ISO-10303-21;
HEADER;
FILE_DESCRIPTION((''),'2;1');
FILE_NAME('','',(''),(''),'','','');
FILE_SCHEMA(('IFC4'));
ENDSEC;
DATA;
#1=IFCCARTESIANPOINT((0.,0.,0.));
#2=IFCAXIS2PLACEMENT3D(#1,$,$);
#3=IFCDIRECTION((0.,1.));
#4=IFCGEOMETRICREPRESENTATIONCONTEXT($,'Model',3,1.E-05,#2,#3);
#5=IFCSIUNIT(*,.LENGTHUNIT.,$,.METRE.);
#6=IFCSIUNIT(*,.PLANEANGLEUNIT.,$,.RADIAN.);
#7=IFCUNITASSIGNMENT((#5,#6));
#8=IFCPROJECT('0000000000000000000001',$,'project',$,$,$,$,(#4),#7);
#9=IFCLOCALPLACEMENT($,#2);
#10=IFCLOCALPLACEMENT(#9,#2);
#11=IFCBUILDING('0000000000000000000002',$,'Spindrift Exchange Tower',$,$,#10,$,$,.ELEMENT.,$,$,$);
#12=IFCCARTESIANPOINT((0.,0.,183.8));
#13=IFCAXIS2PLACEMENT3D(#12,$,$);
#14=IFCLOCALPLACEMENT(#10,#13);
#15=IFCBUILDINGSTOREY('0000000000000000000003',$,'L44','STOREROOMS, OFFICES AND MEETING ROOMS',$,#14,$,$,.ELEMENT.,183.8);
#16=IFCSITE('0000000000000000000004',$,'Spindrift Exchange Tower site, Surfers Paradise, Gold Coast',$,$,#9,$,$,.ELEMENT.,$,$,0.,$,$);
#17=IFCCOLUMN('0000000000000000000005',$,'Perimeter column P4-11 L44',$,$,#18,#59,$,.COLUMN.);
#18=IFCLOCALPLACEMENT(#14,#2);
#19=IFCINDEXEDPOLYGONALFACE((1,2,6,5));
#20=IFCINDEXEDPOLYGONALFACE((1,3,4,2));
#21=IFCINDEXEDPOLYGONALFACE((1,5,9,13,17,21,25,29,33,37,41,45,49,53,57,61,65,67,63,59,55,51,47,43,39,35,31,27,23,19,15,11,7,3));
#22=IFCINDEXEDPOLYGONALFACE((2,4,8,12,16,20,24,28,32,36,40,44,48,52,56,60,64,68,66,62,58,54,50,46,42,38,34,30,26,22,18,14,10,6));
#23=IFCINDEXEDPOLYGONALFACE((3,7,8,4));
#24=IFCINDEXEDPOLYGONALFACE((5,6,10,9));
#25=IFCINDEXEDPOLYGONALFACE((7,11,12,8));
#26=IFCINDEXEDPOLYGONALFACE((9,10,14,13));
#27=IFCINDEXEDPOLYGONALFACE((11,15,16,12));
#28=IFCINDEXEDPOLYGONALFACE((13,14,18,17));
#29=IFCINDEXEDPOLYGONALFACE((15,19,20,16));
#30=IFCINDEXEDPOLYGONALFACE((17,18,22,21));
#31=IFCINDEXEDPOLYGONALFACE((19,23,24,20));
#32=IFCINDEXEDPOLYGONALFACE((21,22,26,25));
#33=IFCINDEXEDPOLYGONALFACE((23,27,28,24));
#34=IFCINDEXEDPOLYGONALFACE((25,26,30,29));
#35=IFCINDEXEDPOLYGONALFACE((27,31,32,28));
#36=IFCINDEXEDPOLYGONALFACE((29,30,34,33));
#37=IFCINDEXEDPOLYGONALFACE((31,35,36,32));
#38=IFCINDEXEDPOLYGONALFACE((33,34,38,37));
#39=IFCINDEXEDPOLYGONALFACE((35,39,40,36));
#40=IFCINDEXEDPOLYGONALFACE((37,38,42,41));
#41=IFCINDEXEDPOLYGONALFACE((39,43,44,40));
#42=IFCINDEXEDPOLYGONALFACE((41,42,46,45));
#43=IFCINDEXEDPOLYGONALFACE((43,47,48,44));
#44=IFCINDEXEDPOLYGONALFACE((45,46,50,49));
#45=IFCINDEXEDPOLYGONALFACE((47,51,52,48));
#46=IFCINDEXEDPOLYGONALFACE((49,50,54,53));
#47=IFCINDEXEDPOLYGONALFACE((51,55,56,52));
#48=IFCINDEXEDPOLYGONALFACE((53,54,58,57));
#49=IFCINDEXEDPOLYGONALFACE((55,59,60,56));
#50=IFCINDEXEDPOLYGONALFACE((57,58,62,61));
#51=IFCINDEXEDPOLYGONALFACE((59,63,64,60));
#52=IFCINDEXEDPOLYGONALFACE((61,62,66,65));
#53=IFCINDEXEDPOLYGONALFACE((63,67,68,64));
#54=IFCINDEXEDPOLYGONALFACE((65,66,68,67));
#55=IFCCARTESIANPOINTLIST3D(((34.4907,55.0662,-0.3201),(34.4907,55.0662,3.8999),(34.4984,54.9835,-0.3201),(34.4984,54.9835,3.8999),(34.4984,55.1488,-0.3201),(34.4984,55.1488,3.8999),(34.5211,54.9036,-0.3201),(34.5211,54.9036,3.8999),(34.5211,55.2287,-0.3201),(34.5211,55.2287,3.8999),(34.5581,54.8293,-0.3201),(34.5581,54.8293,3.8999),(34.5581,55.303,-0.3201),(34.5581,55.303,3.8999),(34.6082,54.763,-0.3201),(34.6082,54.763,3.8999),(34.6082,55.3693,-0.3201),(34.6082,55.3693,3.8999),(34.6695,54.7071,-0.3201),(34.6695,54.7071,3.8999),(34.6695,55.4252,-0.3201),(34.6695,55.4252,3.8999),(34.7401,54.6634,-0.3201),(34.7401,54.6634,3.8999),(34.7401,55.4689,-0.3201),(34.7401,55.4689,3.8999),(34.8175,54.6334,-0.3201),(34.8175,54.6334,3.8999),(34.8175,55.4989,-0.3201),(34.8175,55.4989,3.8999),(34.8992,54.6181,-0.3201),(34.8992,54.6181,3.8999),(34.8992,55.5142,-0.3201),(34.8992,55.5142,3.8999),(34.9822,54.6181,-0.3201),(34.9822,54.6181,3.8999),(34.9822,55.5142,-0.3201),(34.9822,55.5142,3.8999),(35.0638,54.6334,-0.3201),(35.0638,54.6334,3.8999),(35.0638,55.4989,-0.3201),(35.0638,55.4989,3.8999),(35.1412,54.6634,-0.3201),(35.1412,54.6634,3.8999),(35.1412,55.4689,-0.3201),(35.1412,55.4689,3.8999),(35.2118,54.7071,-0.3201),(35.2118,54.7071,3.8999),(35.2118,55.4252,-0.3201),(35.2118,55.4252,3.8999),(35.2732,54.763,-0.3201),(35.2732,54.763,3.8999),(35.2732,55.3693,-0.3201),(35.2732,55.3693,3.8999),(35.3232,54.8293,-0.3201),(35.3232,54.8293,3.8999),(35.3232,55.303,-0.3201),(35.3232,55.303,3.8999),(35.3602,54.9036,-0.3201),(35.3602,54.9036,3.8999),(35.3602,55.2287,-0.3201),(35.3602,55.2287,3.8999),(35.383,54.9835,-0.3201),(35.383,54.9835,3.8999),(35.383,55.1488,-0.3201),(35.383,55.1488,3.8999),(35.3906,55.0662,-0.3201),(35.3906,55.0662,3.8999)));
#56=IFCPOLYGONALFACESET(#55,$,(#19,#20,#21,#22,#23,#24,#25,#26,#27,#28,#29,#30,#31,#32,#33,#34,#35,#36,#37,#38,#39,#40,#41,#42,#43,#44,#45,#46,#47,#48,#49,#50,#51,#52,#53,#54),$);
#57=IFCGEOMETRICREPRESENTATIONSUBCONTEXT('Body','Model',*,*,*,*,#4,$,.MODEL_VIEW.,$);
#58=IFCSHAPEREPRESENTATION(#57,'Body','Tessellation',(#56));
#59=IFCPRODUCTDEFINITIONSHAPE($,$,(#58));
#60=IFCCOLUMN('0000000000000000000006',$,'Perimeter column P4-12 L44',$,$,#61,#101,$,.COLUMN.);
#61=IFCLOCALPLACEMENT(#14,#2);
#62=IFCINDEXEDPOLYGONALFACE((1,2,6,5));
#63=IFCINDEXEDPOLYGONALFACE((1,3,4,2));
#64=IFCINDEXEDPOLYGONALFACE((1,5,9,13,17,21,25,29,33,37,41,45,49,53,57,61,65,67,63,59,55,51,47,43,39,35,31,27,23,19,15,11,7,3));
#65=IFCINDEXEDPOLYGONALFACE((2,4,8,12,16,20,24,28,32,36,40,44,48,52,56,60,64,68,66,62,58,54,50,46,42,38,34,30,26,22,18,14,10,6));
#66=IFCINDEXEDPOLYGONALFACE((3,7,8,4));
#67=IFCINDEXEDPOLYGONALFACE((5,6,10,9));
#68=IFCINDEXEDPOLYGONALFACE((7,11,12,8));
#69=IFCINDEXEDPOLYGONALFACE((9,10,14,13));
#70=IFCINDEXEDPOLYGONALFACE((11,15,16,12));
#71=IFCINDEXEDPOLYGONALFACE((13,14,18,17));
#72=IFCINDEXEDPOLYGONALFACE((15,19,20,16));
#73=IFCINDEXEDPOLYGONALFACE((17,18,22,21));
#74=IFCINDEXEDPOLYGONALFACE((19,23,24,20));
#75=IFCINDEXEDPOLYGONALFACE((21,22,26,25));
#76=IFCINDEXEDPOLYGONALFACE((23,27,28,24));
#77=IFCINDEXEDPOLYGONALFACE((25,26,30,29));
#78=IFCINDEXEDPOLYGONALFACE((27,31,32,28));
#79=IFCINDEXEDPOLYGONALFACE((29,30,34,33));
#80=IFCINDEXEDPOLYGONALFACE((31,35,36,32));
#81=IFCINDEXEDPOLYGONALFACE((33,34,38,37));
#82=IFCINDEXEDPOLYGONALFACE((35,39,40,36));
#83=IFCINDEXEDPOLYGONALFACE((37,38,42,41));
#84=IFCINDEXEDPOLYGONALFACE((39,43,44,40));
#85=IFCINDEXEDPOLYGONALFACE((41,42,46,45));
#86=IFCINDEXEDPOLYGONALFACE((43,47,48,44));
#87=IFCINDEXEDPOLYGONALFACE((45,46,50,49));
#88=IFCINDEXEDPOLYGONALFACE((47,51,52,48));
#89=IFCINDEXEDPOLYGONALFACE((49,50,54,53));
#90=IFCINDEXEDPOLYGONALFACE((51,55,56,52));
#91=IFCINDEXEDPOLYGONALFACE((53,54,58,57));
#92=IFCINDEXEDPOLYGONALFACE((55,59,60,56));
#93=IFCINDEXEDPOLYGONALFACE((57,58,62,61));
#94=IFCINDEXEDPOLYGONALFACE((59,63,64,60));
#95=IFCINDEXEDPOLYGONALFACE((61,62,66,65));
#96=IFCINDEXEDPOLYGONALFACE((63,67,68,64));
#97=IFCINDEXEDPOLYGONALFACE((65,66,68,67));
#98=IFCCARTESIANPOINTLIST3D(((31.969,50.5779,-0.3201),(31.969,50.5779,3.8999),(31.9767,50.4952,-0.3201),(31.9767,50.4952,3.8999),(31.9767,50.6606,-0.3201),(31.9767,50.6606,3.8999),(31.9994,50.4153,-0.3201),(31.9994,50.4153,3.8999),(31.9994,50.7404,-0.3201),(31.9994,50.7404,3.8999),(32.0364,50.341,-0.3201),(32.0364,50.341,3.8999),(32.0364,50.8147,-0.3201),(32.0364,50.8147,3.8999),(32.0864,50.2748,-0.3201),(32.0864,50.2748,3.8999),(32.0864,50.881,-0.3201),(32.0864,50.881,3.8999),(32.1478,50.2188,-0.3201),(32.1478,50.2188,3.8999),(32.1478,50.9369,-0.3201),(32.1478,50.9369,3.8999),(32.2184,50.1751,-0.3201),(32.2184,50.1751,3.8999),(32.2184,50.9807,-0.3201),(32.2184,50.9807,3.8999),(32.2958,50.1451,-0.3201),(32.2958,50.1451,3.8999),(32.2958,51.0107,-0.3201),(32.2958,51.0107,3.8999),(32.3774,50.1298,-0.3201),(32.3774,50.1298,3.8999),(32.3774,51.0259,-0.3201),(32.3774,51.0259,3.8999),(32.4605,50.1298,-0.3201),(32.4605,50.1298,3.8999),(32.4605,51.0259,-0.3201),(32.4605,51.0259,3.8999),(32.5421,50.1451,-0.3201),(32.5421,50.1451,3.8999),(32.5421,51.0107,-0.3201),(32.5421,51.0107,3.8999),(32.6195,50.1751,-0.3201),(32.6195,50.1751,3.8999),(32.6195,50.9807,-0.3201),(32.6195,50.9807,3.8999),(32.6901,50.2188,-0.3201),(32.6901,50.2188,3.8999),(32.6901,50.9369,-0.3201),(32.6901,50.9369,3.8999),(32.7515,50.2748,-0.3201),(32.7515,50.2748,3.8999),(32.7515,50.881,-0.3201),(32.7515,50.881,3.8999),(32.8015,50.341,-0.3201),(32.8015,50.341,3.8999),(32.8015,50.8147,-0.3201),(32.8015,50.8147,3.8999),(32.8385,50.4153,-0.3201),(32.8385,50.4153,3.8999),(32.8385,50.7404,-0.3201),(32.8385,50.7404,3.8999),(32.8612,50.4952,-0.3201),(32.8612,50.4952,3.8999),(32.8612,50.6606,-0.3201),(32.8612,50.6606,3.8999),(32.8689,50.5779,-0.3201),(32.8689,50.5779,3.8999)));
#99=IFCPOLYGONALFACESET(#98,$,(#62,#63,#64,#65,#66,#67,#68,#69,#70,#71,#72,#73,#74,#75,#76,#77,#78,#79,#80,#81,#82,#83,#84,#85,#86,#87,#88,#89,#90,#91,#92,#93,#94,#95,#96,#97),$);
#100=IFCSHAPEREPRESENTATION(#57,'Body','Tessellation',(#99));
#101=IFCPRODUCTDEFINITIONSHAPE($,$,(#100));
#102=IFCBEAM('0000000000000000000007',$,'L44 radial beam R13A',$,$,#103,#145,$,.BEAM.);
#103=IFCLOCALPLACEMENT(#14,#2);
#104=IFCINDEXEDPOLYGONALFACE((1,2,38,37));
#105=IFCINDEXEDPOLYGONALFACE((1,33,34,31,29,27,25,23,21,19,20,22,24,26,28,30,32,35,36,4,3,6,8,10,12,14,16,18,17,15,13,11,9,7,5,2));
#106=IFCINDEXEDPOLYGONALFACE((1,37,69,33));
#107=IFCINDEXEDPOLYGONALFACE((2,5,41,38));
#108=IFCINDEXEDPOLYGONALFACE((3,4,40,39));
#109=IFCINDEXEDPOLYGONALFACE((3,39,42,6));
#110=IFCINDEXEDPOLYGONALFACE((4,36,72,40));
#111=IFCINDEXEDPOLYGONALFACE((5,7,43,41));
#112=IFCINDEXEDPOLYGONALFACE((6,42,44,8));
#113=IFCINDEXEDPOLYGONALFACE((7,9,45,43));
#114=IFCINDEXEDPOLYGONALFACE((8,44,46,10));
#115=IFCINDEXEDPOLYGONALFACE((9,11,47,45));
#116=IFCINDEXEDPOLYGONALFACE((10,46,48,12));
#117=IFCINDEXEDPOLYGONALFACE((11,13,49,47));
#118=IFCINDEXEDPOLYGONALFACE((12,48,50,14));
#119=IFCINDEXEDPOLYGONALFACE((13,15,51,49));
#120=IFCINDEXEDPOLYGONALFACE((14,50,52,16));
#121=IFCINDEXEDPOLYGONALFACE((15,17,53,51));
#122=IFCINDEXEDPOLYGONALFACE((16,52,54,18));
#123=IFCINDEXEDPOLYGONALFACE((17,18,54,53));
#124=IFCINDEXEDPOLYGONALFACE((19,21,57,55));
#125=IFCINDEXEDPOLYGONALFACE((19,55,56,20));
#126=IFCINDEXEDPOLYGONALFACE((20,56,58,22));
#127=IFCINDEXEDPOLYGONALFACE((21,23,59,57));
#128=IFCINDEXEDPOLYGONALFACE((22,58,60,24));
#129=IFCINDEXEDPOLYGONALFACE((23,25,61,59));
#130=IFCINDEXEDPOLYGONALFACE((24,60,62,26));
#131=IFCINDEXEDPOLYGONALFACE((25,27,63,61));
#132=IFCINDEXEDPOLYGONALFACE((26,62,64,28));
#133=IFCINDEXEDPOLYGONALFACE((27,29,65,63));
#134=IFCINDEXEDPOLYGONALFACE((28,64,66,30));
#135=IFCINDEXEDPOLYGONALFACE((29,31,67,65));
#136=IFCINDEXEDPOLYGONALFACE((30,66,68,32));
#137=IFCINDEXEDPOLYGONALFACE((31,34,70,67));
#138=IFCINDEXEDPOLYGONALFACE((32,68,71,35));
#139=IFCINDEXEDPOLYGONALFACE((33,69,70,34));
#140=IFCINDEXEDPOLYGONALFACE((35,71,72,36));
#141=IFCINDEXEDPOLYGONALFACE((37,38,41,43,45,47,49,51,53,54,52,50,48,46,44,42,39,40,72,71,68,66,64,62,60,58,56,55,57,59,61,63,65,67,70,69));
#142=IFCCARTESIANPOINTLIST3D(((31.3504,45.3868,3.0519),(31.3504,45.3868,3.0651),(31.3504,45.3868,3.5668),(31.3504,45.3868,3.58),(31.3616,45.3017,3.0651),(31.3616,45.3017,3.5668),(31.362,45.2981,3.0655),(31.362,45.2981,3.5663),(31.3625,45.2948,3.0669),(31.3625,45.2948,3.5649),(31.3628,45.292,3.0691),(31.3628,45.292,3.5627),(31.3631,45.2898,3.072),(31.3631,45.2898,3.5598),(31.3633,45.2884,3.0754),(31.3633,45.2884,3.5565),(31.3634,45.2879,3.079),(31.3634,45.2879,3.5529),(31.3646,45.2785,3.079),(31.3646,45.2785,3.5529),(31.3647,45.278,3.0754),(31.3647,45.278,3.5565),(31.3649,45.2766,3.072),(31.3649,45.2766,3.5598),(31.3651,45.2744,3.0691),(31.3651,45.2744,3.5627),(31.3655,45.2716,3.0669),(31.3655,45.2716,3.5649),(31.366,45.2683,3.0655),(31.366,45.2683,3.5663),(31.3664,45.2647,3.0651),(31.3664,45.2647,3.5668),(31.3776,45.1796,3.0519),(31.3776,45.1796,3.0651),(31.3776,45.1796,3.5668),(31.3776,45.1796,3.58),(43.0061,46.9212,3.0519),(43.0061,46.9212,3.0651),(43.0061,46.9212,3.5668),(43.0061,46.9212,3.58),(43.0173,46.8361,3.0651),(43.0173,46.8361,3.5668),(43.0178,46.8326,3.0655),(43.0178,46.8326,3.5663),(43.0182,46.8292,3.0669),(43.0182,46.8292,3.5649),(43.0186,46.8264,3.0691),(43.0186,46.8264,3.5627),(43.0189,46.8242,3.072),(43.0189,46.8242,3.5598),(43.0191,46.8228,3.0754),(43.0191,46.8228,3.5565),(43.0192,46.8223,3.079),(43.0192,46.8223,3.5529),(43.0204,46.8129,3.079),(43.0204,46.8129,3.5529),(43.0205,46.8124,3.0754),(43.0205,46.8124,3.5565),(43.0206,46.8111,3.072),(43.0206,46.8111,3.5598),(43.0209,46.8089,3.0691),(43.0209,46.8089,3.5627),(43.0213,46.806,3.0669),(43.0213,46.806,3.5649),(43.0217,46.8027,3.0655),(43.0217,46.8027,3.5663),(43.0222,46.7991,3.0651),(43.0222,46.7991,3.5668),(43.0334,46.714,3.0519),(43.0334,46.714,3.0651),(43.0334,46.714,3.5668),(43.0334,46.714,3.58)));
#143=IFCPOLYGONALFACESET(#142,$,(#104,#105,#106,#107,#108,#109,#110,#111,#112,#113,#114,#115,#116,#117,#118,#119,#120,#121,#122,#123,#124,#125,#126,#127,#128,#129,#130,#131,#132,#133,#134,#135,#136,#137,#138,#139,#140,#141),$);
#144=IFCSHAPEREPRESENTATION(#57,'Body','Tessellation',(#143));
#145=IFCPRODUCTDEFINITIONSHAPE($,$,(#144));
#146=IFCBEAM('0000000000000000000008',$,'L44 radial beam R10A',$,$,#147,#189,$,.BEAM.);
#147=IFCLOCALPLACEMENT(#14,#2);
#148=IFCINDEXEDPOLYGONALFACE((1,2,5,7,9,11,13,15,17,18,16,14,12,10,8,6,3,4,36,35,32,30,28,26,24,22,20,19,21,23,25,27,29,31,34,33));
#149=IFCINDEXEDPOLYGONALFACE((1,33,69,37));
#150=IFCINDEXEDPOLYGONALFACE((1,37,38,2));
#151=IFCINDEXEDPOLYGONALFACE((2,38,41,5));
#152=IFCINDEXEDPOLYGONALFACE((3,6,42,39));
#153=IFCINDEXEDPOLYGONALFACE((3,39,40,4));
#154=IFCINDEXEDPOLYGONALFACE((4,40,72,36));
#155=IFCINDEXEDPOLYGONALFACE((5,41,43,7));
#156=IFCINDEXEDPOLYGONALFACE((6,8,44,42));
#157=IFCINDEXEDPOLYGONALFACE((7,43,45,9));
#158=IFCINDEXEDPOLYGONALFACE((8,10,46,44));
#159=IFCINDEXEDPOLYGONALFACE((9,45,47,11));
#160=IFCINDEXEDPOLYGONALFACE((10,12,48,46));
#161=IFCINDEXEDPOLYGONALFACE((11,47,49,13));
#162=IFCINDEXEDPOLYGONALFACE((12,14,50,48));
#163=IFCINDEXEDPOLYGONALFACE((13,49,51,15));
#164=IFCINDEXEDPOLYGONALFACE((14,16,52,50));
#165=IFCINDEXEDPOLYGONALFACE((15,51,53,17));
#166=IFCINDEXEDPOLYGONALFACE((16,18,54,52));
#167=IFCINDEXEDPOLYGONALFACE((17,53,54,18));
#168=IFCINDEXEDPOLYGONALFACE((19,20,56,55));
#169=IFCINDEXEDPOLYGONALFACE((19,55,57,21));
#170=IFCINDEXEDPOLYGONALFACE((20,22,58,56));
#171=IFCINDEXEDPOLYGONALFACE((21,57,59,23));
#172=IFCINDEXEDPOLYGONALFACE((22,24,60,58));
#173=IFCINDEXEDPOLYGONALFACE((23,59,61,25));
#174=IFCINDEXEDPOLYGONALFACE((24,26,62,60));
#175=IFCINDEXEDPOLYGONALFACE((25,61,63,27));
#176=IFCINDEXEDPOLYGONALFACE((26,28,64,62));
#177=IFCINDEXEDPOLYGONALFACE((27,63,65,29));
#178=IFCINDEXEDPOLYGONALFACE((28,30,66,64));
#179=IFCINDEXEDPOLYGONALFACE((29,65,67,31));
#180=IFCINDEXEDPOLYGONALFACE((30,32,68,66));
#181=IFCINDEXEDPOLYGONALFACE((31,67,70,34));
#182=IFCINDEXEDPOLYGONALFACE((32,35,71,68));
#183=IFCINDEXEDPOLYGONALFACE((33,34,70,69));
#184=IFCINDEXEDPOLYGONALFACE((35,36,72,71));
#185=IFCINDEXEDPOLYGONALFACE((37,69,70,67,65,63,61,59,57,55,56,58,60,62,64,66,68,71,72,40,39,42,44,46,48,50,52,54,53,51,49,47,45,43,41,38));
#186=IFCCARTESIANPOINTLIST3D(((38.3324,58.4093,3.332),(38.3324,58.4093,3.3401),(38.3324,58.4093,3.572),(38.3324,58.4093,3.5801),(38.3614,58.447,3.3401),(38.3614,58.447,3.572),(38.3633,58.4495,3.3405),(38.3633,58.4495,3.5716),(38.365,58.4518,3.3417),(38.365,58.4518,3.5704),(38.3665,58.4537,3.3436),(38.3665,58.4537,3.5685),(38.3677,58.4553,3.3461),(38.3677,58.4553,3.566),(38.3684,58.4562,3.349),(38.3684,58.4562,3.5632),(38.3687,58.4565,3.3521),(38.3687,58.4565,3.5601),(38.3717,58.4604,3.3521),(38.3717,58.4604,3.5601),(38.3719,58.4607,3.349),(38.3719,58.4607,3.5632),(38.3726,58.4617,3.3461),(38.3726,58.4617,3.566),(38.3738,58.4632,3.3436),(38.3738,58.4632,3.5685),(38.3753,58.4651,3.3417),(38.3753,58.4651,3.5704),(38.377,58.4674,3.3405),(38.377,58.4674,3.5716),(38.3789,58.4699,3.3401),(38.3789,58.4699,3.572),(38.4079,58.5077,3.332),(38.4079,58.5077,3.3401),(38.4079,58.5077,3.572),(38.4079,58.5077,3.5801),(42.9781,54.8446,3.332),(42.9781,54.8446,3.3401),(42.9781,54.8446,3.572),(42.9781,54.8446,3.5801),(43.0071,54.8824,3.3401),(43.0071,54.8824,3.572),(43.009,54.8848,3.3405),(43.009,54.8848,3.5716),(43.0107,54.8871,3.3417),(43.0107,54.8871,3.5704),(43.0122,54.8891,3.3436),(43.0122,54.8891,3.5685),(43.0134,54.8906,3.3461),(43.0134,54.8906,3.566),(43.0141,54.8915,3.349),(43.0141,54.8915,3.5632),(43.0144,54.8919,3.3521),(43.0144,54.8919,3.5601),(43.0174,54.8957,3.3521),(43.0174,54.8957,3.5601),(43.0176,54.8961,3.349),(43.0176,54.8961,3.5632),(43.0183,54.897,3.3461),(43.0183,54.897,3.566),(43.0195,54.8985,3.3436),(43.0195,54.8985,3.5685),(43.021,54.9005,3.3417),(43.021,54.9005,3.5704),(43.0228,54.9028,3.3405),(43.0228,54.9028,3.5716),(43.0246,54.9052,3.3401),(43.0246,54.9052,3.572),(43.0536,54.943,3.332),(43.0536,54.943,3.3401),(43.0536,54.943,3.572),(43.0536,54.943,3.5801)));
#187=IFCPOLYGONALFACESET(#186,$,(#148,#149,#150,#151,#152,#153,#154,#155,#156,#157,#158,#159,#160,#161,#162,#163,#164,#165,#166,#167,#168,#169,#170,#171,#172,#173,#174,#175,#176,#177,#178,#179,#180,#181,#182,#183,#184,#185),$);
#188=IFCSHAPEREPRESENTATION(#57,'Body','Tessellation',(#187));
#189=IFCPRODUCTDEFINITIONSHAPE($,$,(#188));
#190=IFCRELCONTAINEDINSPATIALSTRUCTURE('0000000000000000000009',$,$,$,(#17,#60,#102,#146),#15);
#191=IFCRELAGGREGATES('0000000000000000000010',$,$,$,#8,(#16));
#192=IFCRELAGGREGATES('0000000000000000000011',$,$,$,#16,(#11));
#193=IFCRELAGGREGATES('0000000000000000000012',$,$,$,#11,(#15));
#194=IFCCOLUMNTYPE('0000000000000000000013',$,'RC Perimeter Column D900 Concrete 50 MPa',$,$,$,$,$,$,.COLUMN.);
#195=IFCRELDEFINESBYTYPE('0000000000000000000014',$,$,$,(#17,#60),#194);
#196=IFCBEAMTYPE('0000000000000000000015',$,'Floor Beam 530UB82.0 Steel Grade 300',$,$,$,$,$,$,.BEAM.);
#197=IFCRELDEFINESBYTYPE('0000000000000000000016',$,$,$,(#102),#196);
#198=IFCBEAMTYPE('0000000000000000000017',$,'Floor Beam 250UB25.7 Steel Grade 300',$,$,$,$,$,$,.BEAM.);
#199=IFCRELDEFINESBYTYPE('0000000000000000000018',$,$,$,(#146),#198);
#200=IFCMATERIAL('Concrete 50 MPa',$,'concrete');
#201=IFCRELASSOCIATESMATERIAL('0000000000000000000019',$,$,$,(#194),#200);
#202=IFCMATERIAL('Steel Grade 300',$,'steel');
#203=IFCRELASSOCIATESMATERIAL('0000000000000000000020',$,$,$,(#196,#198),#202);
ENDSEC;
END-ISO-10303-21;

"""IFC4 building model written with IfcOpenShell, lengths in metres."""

from ifc_helpers import new_model, si_unit, direction, frame, origin, origin_2d, place, context, subcontext, project, spatial, circle, i_section, extrude, source, transform, mapped, material, material_profile, profile_set, type_object, element, save


model = new_model("IFC4")

# Units and contexts
model_context = context("Model", 3, precision=1e-05, world=origin(), true_north=direction((0.0, 1.0)))
body_context = subcontext(model_context, "Body", "Model", "MODEL_VIEW")
ifc_project = project(units=[si_unit("LENGTHUNIT", "METRE"), si_unit("PLANEANGLEUNIT", "RADIAN")], contexts=[model_context])

# Site, building, storey
site_placement = place(None, origin())
site = spatial("IfcSite", under=ifc_project, at=site_placement, Name="Spindrift Exchange Tower site, Surfers Paradise, Gold Coast", CompositionType="ELEMENT", RefElevation=0.0)
building_placement = place(site_placement, origin())
building = spatial("IfcBuilding", under=site, at=building_placement, Name="Spindrift Exchange Tower", CompositionType="ELEMENT")
storey_placement = place(building_placement, frame((0.0, 0.0, 183.8)))
storey = spatial("IfcBuildingStorey", under=building, at=storey_placement, Name="L44", Description="STOREROOMS, OFFICES AND MEETING ROOMS", CompositionType="ELEMENT", Elevation=183.8)

# Columns
ifc_material_1 = material(Name="Concrete 50 MPa", Category="concrete")
ifc_material_profile_1 = material_profile(ifc_material_1, circle(Radius=0.45, at=origin_2d()), Name="RC D900")
ifc_profile_set_1 = profile_set([ifc_material_profile_1], Name="Concrete 50 MPa")
column_type = type_object("IfcColumnType", Name="RC Perimeter Column D900 Concrete 50 MPa", PredefinedType="COLUMN", material=ifc_profile_set_1)
shared_shape_1 = source(origin(), body_context, "Body", "SweptSolid", [
    extrude(circle(Radius=0.45, at=origin_2d()), origin(), (0.0, 0.0, 1.0), 4.22),
])
for number, where, z_axis, x_axis, name in (
    (1, (34.9407, 55.0662, -0.3201), (0.0, 0.0, 1.0), (1.0, 0.0, 0.0), "Perimeter column P4-11 L44"),
    (2, (32.4189, 50.5779, -0.3201), (0.0, 0.0, 1.0), (1.0, 0.0, 0.0), "Perimeter column P4-12 L44"),
):
    element("IfcColumn", number, at=place(storey_placement, frame(where, z_axis=z_axis, x_axis=x_axis)), inside=storey, type_object=column_type, Name=name, PredefinedType="COLUMN", context=body_context, shape_type="MappedRepresentation", body=[
        mapped(shared_shape_1, transform((0.0, 0.0, 0.0), scale=1.0)),
    ])

# Beams
ifc_material_2 = material(Name="Steel Grade 300", Category="steel")
ifc_material_profile_2 = material_profile(ifc_material_2, i_section(OverallWidth=0.209, OverallDepth=0.5281, WebThickness=0.0095, FlangeThickness=0.0132, FilletRadius=0.0139, at=origin_2d()), Name="530UB82.0")
ifc_profile_set_2 = profile_set([ifc_material_profile_2], Name="Steel Grade 300")
beam_type_1 = type_object("IfcBeamType", Name="Floor Beam 530UB82.0 Steel Grade 300", PredefinedType="BEAM", material=ifc_profile_set_2)
shared_shape_2 = source(origin(), body_context, "Body", "SweptSolid", [
    extrude(i_section(OverallWidth=0.209, OverallDepth=0.5281, WebThickness=0.0095, FlangeThickness=0.0132, FilletRadius=0.0139, at=origin_2d()), origin(), (0.0, 0.0, 1.0), 11.7563),
])
beam_1_placement = place(storey_placement, frame((43.0198, 46.8176, 3.3159), z_axis=(-0.991446, -0.130519, 0.0), x_axis=(0.130519, -0.991446, 0.0)))
element("IfcBeam", 3, at=beam_1_placement, inside=storey, type_object=beam_type_1, Name="L44 radial beam R13A", PredefinedType="BEAM", context=body_context, shape_type="MappedRepresentation", body=[
    mapped(shared_shape_2, transform((0.0, 0.0, 0.0), scale=1.0)),
])
ifc_material_profile_3 = material_profile(ifc_material_2, i_section(OverallWidth=0.124, OverallDepth=0.248, WebThickness=0.0049, FlangeThickness=0.0081, FilletRadius=0.012, at=origin_2d()), Name="250UB25.7")
ifc_profile_set_3 = profile_set([ifc_material_profile_3], Name="Steel Grade 300")
beam_type_2 = type_object("IfcBeamType", Name="Floor Beam 250UB25.7 Steel Grade 300", PredefinedType="BEAM", material=ifc_profile_set_3)
shared_shape_3 = source(origin(), body_context, "Body", "SweptSolid", [
    extrude(i_section(OverallWidth=0.124, OverallDepth=0.248, WebThickness=0.0049, FlangeThickness=0.0081, FilletRadius=0.012, at=origin_2d()), origin(), (0.0, 0.0, 1.0), 5.8557),
])
beam_2_placement = place(storey_placement, frame((43.0159, 54.8938, 3.4561), z_axis=(-0.793363, 0.608749, 0.0), x_axis=(-0.608749, -0.793363, 0.0)))
element("IfcBeam", 4, at=beam_2_placement, inside=storey, type_object=beam_type_2, Name="L44 radial beam R10A", PredefinedType="BEAM", context=body_context, shape_type="MappedRepresentation", body=[
    mapped(shared_shape_3, transform((0.0, 0.0, 0.0), scale=1.0)),
])

save(model, "model.ifc")
